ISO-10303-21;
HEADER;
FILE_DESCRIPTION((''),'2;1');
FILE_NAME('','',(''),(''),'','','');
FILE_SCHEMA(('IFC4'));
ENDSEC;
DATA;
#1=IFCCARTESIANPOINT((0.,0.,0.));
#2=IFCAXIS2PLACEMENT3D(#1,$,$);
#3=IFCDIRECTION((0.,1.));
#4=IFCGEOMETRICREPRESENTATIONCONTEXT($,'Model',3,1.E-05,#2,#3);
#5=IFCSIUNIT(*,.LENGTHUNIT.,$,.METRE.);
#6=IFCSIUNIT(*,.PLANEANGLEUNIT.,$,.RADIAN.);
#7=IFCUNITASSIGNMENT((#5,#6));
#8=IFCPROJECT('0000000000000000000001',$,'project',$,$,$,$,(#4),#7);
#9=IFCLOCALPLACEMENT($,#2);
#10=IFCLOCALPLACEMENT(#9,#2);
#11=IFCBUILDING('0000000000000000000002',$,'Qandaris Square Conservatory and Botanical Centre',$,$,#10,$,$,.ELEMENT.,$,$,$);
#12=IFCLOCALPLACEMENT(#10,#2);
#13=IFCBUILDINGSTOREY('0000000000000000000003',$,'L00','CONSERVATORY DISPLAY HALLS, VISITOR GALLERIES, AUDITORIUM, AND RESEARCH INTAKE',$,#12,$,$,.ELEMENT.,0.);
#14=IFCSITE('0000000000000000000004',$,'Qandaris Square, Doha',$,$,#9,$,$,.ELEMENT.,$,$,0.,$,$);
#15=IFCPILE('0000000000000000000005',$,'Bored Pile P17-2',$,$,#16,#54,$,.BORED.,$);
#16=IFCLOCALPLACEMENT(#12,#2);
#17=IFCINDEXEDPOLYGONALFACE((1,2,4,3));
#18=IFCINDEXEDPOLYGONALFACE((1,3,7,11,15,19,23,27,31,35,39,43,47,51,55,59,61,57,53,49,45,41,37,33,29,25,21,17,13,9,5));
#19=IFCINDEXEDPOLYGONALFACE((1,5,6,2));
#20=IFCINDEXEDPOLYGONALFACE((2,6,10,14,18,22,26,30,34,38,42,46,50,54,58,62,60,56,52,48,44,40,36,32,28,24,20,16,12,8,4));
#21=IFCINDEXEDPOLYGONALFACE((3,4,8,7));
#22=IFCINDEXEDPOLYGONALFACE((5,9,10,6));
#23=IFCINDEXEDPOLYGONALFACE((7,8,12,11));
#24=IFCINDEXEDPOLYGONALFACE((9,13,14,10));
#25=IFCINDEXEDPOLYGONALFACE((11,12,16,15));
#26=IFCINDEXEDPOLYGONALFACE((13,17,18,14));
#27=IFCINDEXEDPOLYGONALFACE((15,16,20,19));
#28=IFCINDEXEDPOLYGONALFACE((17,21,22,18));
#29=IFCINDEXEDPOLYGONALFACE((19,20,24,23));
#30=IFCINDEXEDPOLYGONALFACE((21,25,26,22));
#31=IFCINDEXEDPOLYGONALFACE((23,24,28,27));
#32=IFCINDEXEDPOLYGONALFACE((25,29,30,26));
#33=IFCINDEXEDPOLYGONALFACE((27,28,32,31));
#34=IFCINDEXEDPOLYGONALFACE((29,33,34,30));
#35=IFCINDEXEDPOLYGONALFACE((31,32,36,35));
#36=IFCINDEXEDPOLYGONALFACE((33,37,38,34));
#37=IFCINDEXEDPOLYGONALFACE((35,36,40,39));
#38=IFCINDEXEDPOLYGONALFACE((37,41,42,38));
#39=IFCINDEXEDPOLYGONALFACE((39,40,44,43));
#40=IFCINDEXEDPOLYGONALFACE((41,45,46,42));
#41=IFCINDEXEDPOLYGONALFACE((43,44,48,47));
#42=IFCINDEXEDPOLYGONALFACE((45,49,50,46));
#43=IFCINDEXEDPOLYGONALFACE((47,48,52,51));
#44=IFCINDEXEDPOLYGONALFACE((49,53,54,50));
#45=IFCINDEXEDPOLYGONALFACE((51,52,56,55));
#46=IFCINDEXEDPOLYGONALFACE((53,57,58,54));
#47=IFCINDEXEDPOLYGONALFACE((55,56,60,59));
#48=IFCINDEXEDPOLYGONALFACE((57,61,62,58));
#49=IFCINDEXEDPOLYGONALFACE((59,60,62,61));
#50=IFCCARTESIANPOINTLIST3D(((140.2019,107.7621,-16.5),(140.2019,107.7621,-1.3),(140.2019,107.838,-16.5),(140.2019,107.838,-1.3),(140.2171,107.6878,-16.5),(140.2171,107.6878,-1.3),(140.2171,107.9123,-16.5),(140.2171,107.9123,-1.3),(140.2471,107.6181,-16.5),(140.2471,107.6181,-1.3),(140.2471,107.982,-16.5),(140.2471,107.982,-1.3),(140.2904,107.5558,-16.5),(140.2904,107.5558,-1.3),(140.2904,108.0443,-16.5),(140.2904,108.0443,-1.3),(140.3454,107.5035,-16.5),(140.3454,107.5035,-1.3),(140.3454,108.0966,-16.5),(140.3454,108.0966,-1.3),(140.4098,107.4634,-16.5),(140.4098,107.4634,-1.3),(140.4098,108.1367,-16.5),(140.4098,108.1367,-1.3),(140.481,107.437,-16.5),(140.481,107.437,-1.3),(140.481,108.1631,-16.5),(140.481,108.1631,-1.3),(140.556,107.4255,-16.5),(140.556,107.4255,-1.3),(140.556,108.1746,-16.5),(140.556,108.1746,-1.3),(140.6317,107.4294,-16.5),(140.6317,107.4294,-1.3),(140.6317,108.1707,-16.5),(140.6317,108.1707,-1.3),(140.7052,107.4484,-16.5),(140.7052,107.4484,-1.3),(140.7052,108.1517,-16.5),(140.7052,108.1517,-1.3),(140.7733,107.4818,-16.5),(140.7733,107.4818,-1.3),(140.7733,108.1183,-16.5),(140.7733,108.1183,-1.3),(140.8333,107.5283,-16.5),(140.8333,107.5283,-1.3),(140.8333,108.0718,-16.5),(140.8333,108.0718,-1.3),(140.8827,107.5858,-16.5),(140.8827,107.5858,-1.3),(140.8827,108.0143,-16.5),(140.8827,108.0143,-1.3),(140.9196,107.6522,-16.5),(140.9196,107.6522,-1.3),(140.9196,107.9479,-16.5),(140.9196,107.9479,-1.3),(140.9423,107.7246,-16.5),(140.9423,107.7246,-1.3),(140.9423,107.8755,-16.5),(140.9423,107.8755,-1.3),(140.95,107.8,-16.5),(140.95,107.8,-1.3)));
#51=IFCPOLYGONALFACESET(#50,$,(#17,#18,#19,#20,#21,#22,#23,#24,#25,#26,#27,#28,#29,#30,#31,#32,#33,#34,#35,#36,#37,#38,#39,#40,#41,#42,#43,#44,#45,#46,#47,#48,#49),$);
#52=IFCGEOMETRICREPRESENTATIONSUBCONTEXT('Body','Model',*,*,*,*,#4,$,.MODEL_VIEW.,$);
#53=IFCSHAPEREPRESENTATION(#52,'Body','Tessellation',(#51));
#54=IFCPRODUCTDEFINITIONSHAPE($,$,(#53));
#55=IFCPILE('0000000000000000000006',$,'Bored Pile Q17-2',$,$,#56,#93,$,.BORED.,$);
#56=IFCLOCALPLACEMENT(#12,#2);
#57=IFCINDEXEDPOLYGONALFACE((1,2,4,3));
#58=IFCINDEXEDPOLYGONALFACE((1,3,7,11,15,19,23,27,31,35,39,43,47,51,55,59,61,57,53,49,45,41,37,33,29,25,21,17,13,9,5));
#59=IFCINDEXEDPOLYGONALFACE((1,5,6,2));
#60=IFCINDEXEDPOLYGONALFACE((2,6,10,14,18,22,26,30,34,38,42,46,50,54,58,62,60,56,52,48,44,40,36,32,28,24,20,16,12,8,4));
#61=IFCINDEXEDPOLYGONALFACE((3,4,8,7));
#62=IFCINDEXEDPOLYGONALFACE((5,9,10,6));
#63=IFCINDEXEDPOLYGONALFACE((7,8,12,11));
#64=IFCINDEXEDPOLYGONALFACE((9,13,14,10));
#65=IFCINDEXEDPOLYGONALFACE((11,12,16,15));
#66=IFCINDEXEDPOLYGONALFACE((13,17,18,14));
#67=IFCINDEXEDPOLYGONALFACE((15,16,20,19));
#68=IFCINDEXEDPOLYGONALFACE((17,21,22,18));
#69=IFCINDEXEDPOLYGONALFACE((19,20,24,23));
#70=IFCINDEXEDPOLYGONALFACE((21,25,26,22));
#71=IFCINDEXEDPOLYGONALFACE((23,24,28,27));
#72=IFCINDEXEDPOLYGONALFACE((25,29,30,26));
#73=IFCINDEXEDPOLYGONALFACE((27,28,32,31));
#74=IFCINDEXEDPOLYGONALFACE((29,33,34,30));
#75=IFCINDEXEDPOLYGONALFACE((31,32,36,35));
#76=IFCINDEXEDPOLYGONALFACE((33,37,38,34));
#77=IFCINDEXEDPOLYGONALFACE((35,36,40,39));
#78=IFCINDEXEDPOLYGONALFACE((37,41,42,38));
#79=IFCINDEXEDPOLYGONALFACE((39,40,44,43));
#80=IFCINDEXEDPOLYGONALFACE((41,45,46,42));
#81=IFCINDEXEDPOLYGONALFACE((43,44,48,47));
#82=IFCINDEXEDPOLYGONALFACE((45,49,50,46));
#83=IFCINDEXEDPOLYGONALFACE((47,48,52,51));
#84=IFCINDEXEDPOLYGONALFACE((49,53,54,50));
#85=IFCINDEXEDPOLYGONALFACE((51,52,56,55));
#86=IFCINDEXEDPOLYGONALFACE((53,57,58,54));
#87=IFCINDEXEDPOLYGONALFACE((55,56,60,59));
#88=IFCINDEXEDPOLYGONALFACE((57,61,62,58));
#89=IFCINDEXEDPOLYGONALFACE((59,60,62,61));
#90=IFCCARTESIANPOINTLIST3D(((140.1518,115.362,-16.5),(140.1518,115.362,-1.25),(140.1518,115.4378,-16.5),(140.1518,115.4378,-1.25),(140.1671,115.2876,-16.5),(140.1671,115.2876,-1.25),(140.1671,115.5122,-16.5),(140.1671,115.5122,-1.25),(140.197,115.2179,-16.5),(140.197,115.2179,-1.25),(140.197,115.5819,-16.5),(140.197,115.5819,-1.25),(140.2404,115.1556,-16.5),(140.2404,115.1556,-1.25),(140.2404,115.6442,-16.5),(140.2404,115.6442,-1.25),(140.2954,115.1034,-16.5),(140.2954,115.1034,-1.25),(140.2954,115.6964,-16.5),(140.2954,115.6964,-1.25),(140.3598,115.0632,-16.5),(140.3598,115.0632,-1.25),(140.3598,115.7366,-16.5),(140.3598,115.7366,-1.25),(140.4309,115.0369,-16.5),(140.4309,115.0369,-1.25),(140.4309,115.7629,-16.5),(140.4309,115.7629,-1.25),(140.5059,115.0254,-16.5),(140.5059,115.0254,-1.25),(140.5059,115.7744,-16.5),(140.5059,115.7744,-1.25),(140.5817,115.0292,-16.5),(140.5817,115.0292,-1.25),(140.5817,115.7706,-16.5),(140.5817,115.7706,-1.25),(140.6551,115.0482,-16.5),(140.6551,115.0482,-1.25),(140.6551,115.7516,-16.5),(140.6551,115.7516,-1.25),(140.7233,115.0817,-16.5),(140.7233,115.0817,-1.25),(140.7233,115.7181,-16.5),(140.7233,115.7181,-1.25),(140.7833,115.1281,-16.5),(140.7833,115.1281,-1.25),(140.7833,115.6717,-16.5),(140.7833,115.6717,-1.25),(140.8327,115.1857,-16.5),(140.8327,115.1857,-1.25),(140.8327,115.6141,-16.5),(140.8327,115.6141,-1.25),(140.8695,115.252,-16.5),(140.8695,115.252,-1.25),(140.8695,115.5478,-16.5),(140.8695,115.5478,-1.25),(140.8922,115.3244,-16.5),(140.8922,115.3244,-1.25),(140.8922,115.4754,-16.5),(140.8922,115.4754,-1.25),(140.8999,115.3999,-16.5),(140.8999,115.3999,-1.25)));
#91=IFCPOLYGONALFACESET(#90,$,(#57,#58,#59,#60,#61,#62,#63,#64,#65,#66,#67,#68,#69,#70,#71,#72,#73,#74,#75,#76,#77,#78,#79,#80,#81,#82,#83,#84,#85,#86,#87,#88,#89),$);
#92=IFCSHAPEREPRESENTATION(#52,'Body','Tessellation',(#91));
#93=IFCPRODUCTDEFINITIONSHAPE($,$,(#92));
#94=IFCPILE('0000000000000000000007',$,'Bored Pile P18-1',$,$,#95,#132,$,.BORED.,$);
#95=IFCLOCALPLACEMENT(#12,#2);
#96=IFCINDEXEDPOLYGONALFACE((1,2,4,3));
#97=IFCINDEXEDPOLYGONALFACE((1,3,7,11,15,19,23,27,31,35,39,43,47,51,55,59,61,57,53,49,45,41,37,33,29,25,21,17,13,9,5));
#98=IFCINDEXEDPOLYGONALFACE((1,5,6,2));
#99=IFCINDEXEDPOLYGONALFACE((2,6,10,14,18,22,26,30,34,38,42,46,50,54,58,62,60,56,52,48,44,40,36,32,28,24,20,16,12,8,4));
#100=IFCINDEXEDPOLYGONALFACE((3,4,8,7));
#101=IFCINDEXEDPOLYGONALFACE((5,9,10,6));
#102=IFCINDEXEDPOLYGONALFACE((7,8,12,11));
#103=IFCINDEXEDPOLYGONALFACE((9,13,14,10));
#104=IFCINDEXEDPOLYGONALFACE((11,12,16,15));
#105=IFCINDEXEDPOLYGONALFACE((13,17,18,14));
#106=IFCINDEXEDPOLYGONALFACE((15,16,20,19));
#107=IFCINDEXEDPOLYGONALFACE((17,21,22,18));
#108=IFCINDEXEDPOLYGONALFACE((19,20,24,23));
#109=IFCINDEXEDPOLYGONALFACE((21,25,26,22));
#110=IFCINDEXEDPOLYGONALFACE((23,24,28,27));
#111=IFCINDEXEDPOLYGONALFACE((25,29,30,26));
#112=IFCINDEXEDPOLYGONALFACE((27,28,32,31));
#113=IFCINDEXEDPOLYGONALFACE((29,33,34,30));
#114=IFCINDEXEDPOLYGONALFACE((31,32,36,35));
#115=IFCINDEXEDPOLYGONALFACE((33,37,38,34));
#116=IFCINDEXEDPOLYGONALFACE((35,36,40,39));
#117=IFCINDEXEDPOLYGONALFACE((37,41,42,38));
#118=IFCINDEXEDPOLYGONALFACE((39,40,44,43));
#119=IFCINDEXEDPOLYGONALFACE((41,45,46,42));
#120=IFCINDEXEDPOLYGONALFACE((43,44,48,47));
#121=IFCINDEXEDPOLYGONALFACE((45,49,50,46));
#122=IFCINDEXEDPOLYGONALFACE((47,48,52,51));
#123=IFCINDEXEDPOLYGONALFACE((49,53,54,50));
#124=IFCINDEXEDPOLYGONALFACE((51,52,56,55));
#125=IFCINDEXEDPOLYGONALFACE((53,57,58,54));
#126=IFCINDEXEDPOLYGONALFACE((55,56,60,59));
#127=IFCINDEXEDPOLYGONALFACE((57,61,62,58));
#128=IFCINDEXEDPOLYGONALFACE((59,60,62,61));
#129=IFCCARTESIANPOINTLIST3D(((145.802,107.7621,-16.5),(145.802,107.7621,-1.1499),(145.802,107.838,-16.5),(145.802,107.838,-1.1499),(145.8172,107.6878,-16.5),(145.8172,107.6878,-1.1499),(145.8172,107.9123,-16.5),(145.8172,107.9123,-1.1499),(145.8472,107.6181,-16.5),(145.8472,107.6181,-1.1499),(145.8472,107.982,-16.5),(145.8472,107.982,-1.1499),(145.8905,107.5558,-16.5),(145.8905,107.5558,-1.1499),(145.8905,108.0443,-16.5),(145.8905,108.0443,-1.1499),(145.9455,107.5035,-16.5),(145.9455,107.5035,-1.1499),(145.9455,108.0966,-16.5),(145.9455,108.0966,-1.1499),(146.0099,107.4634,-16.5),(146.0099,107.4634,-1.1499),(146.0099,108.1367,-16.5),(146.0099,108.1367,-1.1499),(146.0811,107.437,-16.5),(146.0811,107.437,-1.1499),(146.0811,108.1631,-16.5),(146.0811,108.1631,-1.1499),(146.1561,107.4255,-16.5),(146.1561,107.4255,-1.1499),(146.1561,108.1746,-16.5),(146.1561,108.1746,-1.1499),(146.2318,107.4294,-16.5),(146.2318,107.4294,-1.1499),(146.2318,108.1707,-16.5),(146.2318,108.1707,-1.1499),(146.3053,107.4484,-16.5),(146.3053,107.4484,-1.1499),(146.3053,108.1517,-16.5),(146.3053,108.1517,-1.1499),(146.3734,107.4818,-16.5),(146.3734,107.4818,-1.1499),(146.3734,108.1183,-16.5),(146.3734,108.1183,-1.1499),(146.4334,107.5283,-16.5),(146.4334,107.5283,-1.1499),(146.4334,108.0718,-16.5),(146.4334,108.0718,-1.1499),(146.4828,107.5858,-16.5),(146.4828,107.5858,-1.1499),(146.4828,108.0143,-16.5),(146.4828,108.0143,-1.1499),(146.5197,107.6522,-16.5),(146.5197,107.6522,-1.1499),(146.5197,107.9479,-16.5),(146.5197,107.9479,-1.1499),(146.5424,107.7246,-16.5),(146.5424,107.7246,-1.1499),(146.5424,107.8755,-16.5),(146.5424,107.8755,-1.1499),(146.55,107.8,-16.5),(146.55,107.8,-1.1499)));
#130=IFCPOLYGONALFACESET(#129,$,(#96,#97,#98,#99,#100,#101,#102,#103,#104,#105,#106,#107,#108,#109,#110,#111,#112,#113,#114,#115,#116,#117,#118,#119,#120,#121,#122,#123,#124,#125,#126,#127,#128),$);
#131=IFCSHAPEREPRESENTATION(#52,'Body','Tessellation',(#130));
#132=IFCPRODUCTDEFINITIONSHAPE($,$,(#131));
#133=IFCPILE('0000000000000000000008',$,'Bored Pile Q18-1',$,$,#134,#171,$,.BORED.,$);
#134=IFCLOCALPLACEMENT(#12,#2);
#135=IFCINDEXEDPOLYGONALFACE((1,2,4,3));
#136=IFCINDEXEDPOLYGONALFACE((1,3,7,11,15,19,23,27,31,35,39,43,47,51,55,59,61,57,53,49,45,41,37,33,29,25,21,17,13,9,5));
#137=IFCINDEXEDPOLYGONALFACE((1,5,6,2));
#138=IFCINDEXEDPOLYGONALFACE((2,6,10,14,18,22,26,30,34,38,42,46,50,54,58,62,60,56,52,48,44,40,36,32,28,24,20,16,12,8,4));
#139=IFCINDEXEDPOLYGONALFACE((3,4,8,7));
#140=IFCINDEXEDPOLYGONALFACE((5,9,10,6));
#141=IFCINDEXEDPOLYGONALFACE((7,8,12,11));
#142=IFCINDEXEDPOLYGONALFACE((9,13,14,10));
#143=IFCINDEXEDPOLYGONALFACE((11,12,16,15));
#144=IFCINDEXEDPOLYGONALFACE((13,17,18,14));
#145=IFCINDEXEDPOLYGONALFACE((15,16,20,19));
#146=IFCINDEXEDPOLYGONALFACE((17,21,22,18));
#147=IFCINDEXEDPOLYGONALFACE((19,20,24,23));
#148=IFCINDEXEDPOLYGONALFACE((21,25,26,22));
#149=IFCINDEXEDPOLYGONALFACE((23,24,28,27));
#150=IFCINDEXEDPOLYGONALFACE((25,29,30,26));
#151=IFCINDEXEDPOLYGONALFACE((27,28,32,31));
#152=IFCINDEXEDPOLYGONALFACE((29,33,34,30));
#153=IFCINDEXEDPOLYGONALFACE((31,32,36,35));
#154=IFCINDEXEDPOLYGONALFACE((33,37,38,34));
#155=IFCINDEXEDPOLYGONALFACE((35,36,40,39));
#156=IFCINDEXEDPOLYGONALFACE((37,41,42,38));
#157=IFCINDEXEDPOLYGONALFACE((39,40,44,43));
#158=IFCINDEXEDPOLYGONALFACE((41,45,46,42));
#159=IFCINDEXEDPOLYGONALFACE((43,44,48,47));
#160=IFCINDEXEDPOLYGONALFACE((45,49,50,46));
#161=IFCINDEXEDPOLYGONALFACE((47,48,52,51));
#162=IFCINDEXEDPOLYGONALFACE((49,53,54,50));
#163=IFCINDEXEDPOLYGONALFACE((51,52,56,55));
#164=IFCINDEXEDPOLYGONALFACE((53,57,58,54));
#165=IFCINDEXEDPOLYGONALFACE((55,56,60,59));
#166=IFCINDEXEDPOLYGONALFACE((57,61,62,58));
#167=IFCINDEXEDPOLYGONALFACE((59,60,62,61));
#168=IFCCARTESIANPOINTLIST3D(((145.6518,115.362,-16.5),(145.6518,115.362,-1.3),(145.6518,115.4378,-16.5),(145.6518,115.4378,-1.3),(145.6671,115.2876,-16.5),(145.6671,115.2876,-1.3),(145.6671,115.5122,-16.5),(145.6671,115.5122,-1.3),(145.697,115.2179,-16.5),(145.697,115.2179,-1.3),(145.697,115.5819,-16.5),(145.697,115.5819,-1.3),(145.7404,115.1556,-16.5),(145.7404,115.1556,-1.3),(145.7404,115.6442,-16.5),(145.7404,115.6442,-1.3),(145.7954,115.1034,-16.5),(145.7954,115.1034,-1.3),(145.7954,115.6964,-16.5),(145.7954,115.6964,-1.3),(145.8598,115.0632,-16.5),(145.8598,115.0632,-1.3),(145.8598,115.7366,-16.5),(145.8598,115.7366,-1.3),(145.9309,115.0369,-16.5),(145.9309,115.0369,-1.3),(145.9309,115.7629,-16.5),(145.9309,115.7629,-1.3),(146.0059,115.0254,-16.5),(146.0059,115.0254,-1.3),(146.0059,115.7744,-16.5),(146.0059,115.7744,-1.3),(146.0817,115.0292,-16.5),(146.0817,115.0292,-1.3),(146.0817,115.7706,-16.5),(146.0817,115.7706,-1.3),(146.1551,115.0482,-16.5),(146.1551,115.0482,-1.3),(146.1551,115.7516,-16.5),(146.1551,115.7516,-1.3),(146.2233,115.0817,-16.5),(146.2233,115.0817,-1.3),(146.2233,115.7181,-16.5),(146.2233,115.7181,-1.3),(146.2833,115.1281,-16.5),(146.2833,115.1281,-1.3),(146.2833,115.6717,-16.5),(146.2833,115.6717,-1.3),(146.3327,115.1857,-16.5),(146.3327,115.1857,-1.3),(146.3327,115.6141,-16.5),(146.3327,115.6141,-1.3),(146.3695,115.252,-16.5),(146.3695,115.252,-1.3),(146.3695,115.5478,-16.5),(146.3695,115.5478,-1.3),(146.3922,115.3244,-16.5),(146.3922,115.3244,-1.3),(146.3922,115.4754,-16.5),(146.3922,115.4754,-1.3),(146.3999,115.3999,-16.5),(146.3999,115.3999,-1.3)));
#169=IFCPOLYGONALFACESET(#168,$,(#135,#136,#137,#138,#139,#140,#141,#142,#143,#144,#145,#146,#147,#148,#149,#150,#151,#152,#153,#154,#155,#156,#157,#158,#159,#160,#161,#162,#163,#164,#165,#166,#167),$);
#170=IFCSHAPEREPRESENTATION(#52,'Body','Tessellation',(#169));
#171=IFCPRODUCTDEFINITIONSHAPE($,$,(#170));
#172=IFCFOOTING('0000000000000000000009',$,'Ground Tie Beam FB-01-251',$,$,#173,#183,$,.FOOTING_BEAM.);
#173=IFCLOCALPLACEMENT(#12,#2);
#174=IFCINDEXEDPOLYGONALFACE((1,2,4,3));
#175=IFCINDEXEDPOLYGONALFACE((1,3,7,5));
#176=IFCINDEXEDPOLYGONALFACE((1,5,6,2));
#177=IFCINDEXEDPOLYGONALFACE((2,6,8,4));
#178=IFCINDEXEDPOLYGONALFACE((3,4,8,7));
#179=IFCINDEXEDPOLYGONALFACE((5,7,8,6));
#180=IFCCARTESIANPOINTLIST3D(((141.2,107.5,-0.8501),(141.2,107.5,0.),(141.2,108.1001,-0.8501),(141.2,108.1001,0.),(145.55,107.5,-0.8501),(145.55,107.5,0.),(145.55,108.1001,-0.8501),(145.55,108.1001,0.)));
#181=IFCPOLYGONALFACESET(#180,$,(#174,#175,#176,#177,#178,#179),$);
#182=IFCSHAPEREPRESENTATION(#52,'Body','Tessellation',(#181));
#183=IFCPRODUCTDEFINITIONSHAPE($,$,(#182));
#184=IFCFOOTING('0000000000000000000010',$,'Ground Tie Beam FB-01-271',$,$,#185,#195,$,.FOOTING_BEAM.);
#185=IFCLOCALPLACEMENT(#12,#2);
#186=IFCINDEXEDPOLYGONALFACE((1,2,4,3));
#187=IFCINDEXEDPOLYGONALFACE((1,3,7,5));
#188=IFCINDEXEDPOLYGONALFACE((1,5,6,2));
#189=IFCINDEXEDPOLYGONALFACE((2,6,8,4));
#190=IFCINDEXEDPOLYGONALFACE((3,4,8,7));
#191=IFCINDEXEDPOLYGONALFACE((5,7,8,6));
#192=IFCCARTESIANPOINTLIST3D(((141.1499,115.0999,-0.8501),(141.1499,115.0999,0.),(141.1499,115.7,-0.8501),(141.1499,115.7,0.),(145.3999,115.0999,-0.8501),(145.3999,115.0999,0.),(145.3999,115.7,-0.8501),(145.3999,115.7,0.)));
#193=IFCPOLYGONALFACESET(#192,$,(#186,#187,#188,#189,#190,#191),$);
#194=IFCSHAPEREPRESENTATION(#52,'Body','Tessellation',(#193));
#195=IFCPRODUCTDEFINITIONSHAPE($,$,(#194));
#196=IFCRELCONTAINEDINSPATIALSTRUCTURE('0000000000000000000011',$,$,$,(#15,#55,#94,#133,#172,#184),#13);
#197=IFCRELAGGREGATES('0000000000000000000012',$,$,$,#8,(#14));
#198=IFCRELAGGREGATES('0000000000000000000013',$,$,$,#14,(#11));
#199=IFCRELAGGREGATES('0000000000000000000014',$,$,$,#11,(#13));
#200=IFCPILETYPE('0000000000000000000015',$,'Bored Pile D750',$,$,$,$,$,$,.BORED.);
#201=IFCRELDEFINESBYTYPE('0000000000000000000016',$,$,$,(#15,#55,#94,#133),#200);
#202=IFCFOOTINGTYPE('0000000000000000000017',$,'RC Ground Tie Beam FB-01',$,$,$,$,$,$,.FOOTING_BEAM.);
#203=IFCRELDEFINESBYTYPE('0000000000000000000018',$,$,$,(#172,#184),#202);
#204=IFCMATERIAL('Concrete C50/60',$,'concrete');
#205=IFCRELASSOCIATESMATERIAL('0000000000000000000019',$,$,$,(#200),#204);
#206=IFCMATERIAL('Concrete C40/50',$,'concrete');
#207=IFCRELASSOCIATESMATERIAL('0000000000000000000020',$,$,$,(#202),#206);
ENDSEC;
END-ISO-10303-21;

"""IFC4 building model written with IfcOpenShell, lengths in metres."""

from ifc_helpers import new_model, si_unit, direction, frame, origin, origin_2d, place, context, subcontext, project, spatial, rectangle, circle, extrude, material, material_profile, profile_set, type_object, element, save


model = new_model("IFC4")

# Units and contexts
model_context = context("Model", 3, precision=1e-05, world=origin(), true_north=direction((0.0, 1.0)))
body_context = subcontext(model_context, "Body", "Model", "MODEL_VIEW")
ifc_project = project(units=[si_unit("LENGTHUNIT", "METRE"), si_unit("PLANEANGLEUNIT", "RADIAN")], contexts=[model_context])

# Site, building, storey
site_placement = place(None, origin())
site = spatial("IfcSite", under=ifc_project, at=site_placement, Name="Qandaris Square, Doha", CompositionType="ELEMENT", RefElevation=0.0)
building_placement = place(site_placement, origin())
building = spatial("IfcBuilding", under=site, at=building_placement, Name="Qandaris Square Conservatory and Botanical Centre", CompositionType="ELEMENT")
storey_placement = place(building_placement, origin())
storey = spatial("IfcBuildingStorey", under=building, at=storey_placement, Name="L00", Description="CONSERVATORY DISPLAY HALLS, VISITOR GALLERIES, AUDITORIUM, AND RESEARCH INTAKE", CompositionType="ELEMENT", Elevation=0.0)

# Piles
ifc_material_1 = material(Name="Concrete C50/60", Category="concrete")
ifc_material_profile_1 = material_profile(ifc_material_1, circle(Radius=0.375, at=origin_2d()), Name="PILE D750")
ifc_profile_set_1 = profile_set([ifc_material_profile_1], Name="Concrete C50/60")
pile_type = type_object("IfcPileType", Name="Bored Pile D750", PredefinedType="BORED", material=ifc_profile_set_1)
pile_1_placement = place(storey_placement, frame((140.575, 107.8, -1.3), z_axis=(0.0, 0.0, -1.0), x_axis=(1.0, 0.0, 0.0)))
element("IfcPile", 1, at=pile_1_placement, inside=storey, type_object=pile_type, Name="Bored Pile P17-2", PredefinedType="BORED", context=body_context, shape_type="SweptSolid", body=[
    extrude(circle(Radius=0.375, at=origin_2d()), origin(), (0.0, 0.0, 1.0), 15.2),
])
pile_2_placement = place(storey_placement, frame((140.5249, 115.3999, -1.25), z_axis=(0.0, 0.0, -1.0), x_axis=(1.0, 0.0, 0.0)))
element("IfcPile", 2, at=pile_2_placement, inside=storey, type_object=pile_type, Name="Bored Pile Q17-2", PredefinedType="BORED", context=body_context, shape_type="SweptSolid", body=[
    extrude(circle(Radius=0.375, at=origin_2d()), origin(), (0.0, 0.0, 1.0), 15.25),
])
pile_3_placement = place(storey_placement, frame((146.175, 107.8, -1.1499), z_axis=(0.0, 0.0, -1.0), x_axis=(1.0, 0.0, 0.0)))
element("IfcPile", 3, at=pile_3_placement, inside=storey, type_object=pile_type, Name="Bored Pile P18-1", PredefinedType="BORED", context=body_context, shape_type="SweptSolid", body=[
    extrude(circle(Radius=0.375, at=origin_2d()), origin(), (0.0, 0.0, 1.0), 15.3501),
])
pile_4_placement = place(storey_placement, frame((146.0249, 115.3999, -1.3), z_axis=(0.0, 0.0, -1.0), x_axis=(1.0, 0.0, 0.0)))
element("IfcPile", 4, at=pile_4_placement, inside=storey, type_object=pile_type, Name="Bored Pile Q18-1", PredefinedType="BORED", context=body_context, shape_type="SweptSolid", body=[
    extrude(circle(Radius=0.375, at=origin_2d()), origin(), (0.0, 0.0, 1.0), 15.2),
])

# Footings
ifc_material_2 = material(Name="Concrete C40/50", Category="concrete")
ifc_material_profile_2 = material_profile(ifc_material_2, rectangle(XDim=0.6001, YDim=0.8501, at=origin_2d()), Name="FB 600x850")
ifc_profile_set_2 = profile_set([ifc_material_profile_2], Name="Concrete C40/50")
footing_type_1 = type_object("IfcFootingType", Name="RC Ground Tie Beam FB-01", PredefinedType="FOOTING_BEAM", material=ifc_profile_set_2)
footing_1_placement = place(storey_placement, frame((141.2, 107.8, -0.425), z_axis=(1.0, 0.0, 0.0), x_axis=(0.0, 1.0, 0.0)))
element("IfcFooting", 5, at=footing_1_placement, inside=storey, type_object=footing_type_1, Name="Ground Tie Beam FB-01-251", PredefinedType="FOOTING_BEAM", context=body_context, shape_type="SweptSolid", body=[
    extrude(rectangle(XDim=0.6001, YDim=0.8501, at=origin_2d()), origin(), (0.0, 0.0, 1.0), 4.3501),
])
footing_2_placement = place(storey_placement, frame((141.1499, 115.3999, -0.425), z_axis=(1.0, 0.0, 0.0), x_axis=(0.0, 1.0, 0.0)))
element("IfcFooting", 6, at=footing_2_placement, inside=storey, type_object=footing_type_1, Name="Ground Tie Beam FB-01-271", PredefinedType="FOOTING_BEAM", context=body_context, shape_type="SweptSolid", body=[
    extrude(rectangle(XDim=0.6001, YDim=0.8501, at=origin_2d()), origin(), (0.0, 0.0, 1.0), 4.25),
])

save(model, "model.ifc")
